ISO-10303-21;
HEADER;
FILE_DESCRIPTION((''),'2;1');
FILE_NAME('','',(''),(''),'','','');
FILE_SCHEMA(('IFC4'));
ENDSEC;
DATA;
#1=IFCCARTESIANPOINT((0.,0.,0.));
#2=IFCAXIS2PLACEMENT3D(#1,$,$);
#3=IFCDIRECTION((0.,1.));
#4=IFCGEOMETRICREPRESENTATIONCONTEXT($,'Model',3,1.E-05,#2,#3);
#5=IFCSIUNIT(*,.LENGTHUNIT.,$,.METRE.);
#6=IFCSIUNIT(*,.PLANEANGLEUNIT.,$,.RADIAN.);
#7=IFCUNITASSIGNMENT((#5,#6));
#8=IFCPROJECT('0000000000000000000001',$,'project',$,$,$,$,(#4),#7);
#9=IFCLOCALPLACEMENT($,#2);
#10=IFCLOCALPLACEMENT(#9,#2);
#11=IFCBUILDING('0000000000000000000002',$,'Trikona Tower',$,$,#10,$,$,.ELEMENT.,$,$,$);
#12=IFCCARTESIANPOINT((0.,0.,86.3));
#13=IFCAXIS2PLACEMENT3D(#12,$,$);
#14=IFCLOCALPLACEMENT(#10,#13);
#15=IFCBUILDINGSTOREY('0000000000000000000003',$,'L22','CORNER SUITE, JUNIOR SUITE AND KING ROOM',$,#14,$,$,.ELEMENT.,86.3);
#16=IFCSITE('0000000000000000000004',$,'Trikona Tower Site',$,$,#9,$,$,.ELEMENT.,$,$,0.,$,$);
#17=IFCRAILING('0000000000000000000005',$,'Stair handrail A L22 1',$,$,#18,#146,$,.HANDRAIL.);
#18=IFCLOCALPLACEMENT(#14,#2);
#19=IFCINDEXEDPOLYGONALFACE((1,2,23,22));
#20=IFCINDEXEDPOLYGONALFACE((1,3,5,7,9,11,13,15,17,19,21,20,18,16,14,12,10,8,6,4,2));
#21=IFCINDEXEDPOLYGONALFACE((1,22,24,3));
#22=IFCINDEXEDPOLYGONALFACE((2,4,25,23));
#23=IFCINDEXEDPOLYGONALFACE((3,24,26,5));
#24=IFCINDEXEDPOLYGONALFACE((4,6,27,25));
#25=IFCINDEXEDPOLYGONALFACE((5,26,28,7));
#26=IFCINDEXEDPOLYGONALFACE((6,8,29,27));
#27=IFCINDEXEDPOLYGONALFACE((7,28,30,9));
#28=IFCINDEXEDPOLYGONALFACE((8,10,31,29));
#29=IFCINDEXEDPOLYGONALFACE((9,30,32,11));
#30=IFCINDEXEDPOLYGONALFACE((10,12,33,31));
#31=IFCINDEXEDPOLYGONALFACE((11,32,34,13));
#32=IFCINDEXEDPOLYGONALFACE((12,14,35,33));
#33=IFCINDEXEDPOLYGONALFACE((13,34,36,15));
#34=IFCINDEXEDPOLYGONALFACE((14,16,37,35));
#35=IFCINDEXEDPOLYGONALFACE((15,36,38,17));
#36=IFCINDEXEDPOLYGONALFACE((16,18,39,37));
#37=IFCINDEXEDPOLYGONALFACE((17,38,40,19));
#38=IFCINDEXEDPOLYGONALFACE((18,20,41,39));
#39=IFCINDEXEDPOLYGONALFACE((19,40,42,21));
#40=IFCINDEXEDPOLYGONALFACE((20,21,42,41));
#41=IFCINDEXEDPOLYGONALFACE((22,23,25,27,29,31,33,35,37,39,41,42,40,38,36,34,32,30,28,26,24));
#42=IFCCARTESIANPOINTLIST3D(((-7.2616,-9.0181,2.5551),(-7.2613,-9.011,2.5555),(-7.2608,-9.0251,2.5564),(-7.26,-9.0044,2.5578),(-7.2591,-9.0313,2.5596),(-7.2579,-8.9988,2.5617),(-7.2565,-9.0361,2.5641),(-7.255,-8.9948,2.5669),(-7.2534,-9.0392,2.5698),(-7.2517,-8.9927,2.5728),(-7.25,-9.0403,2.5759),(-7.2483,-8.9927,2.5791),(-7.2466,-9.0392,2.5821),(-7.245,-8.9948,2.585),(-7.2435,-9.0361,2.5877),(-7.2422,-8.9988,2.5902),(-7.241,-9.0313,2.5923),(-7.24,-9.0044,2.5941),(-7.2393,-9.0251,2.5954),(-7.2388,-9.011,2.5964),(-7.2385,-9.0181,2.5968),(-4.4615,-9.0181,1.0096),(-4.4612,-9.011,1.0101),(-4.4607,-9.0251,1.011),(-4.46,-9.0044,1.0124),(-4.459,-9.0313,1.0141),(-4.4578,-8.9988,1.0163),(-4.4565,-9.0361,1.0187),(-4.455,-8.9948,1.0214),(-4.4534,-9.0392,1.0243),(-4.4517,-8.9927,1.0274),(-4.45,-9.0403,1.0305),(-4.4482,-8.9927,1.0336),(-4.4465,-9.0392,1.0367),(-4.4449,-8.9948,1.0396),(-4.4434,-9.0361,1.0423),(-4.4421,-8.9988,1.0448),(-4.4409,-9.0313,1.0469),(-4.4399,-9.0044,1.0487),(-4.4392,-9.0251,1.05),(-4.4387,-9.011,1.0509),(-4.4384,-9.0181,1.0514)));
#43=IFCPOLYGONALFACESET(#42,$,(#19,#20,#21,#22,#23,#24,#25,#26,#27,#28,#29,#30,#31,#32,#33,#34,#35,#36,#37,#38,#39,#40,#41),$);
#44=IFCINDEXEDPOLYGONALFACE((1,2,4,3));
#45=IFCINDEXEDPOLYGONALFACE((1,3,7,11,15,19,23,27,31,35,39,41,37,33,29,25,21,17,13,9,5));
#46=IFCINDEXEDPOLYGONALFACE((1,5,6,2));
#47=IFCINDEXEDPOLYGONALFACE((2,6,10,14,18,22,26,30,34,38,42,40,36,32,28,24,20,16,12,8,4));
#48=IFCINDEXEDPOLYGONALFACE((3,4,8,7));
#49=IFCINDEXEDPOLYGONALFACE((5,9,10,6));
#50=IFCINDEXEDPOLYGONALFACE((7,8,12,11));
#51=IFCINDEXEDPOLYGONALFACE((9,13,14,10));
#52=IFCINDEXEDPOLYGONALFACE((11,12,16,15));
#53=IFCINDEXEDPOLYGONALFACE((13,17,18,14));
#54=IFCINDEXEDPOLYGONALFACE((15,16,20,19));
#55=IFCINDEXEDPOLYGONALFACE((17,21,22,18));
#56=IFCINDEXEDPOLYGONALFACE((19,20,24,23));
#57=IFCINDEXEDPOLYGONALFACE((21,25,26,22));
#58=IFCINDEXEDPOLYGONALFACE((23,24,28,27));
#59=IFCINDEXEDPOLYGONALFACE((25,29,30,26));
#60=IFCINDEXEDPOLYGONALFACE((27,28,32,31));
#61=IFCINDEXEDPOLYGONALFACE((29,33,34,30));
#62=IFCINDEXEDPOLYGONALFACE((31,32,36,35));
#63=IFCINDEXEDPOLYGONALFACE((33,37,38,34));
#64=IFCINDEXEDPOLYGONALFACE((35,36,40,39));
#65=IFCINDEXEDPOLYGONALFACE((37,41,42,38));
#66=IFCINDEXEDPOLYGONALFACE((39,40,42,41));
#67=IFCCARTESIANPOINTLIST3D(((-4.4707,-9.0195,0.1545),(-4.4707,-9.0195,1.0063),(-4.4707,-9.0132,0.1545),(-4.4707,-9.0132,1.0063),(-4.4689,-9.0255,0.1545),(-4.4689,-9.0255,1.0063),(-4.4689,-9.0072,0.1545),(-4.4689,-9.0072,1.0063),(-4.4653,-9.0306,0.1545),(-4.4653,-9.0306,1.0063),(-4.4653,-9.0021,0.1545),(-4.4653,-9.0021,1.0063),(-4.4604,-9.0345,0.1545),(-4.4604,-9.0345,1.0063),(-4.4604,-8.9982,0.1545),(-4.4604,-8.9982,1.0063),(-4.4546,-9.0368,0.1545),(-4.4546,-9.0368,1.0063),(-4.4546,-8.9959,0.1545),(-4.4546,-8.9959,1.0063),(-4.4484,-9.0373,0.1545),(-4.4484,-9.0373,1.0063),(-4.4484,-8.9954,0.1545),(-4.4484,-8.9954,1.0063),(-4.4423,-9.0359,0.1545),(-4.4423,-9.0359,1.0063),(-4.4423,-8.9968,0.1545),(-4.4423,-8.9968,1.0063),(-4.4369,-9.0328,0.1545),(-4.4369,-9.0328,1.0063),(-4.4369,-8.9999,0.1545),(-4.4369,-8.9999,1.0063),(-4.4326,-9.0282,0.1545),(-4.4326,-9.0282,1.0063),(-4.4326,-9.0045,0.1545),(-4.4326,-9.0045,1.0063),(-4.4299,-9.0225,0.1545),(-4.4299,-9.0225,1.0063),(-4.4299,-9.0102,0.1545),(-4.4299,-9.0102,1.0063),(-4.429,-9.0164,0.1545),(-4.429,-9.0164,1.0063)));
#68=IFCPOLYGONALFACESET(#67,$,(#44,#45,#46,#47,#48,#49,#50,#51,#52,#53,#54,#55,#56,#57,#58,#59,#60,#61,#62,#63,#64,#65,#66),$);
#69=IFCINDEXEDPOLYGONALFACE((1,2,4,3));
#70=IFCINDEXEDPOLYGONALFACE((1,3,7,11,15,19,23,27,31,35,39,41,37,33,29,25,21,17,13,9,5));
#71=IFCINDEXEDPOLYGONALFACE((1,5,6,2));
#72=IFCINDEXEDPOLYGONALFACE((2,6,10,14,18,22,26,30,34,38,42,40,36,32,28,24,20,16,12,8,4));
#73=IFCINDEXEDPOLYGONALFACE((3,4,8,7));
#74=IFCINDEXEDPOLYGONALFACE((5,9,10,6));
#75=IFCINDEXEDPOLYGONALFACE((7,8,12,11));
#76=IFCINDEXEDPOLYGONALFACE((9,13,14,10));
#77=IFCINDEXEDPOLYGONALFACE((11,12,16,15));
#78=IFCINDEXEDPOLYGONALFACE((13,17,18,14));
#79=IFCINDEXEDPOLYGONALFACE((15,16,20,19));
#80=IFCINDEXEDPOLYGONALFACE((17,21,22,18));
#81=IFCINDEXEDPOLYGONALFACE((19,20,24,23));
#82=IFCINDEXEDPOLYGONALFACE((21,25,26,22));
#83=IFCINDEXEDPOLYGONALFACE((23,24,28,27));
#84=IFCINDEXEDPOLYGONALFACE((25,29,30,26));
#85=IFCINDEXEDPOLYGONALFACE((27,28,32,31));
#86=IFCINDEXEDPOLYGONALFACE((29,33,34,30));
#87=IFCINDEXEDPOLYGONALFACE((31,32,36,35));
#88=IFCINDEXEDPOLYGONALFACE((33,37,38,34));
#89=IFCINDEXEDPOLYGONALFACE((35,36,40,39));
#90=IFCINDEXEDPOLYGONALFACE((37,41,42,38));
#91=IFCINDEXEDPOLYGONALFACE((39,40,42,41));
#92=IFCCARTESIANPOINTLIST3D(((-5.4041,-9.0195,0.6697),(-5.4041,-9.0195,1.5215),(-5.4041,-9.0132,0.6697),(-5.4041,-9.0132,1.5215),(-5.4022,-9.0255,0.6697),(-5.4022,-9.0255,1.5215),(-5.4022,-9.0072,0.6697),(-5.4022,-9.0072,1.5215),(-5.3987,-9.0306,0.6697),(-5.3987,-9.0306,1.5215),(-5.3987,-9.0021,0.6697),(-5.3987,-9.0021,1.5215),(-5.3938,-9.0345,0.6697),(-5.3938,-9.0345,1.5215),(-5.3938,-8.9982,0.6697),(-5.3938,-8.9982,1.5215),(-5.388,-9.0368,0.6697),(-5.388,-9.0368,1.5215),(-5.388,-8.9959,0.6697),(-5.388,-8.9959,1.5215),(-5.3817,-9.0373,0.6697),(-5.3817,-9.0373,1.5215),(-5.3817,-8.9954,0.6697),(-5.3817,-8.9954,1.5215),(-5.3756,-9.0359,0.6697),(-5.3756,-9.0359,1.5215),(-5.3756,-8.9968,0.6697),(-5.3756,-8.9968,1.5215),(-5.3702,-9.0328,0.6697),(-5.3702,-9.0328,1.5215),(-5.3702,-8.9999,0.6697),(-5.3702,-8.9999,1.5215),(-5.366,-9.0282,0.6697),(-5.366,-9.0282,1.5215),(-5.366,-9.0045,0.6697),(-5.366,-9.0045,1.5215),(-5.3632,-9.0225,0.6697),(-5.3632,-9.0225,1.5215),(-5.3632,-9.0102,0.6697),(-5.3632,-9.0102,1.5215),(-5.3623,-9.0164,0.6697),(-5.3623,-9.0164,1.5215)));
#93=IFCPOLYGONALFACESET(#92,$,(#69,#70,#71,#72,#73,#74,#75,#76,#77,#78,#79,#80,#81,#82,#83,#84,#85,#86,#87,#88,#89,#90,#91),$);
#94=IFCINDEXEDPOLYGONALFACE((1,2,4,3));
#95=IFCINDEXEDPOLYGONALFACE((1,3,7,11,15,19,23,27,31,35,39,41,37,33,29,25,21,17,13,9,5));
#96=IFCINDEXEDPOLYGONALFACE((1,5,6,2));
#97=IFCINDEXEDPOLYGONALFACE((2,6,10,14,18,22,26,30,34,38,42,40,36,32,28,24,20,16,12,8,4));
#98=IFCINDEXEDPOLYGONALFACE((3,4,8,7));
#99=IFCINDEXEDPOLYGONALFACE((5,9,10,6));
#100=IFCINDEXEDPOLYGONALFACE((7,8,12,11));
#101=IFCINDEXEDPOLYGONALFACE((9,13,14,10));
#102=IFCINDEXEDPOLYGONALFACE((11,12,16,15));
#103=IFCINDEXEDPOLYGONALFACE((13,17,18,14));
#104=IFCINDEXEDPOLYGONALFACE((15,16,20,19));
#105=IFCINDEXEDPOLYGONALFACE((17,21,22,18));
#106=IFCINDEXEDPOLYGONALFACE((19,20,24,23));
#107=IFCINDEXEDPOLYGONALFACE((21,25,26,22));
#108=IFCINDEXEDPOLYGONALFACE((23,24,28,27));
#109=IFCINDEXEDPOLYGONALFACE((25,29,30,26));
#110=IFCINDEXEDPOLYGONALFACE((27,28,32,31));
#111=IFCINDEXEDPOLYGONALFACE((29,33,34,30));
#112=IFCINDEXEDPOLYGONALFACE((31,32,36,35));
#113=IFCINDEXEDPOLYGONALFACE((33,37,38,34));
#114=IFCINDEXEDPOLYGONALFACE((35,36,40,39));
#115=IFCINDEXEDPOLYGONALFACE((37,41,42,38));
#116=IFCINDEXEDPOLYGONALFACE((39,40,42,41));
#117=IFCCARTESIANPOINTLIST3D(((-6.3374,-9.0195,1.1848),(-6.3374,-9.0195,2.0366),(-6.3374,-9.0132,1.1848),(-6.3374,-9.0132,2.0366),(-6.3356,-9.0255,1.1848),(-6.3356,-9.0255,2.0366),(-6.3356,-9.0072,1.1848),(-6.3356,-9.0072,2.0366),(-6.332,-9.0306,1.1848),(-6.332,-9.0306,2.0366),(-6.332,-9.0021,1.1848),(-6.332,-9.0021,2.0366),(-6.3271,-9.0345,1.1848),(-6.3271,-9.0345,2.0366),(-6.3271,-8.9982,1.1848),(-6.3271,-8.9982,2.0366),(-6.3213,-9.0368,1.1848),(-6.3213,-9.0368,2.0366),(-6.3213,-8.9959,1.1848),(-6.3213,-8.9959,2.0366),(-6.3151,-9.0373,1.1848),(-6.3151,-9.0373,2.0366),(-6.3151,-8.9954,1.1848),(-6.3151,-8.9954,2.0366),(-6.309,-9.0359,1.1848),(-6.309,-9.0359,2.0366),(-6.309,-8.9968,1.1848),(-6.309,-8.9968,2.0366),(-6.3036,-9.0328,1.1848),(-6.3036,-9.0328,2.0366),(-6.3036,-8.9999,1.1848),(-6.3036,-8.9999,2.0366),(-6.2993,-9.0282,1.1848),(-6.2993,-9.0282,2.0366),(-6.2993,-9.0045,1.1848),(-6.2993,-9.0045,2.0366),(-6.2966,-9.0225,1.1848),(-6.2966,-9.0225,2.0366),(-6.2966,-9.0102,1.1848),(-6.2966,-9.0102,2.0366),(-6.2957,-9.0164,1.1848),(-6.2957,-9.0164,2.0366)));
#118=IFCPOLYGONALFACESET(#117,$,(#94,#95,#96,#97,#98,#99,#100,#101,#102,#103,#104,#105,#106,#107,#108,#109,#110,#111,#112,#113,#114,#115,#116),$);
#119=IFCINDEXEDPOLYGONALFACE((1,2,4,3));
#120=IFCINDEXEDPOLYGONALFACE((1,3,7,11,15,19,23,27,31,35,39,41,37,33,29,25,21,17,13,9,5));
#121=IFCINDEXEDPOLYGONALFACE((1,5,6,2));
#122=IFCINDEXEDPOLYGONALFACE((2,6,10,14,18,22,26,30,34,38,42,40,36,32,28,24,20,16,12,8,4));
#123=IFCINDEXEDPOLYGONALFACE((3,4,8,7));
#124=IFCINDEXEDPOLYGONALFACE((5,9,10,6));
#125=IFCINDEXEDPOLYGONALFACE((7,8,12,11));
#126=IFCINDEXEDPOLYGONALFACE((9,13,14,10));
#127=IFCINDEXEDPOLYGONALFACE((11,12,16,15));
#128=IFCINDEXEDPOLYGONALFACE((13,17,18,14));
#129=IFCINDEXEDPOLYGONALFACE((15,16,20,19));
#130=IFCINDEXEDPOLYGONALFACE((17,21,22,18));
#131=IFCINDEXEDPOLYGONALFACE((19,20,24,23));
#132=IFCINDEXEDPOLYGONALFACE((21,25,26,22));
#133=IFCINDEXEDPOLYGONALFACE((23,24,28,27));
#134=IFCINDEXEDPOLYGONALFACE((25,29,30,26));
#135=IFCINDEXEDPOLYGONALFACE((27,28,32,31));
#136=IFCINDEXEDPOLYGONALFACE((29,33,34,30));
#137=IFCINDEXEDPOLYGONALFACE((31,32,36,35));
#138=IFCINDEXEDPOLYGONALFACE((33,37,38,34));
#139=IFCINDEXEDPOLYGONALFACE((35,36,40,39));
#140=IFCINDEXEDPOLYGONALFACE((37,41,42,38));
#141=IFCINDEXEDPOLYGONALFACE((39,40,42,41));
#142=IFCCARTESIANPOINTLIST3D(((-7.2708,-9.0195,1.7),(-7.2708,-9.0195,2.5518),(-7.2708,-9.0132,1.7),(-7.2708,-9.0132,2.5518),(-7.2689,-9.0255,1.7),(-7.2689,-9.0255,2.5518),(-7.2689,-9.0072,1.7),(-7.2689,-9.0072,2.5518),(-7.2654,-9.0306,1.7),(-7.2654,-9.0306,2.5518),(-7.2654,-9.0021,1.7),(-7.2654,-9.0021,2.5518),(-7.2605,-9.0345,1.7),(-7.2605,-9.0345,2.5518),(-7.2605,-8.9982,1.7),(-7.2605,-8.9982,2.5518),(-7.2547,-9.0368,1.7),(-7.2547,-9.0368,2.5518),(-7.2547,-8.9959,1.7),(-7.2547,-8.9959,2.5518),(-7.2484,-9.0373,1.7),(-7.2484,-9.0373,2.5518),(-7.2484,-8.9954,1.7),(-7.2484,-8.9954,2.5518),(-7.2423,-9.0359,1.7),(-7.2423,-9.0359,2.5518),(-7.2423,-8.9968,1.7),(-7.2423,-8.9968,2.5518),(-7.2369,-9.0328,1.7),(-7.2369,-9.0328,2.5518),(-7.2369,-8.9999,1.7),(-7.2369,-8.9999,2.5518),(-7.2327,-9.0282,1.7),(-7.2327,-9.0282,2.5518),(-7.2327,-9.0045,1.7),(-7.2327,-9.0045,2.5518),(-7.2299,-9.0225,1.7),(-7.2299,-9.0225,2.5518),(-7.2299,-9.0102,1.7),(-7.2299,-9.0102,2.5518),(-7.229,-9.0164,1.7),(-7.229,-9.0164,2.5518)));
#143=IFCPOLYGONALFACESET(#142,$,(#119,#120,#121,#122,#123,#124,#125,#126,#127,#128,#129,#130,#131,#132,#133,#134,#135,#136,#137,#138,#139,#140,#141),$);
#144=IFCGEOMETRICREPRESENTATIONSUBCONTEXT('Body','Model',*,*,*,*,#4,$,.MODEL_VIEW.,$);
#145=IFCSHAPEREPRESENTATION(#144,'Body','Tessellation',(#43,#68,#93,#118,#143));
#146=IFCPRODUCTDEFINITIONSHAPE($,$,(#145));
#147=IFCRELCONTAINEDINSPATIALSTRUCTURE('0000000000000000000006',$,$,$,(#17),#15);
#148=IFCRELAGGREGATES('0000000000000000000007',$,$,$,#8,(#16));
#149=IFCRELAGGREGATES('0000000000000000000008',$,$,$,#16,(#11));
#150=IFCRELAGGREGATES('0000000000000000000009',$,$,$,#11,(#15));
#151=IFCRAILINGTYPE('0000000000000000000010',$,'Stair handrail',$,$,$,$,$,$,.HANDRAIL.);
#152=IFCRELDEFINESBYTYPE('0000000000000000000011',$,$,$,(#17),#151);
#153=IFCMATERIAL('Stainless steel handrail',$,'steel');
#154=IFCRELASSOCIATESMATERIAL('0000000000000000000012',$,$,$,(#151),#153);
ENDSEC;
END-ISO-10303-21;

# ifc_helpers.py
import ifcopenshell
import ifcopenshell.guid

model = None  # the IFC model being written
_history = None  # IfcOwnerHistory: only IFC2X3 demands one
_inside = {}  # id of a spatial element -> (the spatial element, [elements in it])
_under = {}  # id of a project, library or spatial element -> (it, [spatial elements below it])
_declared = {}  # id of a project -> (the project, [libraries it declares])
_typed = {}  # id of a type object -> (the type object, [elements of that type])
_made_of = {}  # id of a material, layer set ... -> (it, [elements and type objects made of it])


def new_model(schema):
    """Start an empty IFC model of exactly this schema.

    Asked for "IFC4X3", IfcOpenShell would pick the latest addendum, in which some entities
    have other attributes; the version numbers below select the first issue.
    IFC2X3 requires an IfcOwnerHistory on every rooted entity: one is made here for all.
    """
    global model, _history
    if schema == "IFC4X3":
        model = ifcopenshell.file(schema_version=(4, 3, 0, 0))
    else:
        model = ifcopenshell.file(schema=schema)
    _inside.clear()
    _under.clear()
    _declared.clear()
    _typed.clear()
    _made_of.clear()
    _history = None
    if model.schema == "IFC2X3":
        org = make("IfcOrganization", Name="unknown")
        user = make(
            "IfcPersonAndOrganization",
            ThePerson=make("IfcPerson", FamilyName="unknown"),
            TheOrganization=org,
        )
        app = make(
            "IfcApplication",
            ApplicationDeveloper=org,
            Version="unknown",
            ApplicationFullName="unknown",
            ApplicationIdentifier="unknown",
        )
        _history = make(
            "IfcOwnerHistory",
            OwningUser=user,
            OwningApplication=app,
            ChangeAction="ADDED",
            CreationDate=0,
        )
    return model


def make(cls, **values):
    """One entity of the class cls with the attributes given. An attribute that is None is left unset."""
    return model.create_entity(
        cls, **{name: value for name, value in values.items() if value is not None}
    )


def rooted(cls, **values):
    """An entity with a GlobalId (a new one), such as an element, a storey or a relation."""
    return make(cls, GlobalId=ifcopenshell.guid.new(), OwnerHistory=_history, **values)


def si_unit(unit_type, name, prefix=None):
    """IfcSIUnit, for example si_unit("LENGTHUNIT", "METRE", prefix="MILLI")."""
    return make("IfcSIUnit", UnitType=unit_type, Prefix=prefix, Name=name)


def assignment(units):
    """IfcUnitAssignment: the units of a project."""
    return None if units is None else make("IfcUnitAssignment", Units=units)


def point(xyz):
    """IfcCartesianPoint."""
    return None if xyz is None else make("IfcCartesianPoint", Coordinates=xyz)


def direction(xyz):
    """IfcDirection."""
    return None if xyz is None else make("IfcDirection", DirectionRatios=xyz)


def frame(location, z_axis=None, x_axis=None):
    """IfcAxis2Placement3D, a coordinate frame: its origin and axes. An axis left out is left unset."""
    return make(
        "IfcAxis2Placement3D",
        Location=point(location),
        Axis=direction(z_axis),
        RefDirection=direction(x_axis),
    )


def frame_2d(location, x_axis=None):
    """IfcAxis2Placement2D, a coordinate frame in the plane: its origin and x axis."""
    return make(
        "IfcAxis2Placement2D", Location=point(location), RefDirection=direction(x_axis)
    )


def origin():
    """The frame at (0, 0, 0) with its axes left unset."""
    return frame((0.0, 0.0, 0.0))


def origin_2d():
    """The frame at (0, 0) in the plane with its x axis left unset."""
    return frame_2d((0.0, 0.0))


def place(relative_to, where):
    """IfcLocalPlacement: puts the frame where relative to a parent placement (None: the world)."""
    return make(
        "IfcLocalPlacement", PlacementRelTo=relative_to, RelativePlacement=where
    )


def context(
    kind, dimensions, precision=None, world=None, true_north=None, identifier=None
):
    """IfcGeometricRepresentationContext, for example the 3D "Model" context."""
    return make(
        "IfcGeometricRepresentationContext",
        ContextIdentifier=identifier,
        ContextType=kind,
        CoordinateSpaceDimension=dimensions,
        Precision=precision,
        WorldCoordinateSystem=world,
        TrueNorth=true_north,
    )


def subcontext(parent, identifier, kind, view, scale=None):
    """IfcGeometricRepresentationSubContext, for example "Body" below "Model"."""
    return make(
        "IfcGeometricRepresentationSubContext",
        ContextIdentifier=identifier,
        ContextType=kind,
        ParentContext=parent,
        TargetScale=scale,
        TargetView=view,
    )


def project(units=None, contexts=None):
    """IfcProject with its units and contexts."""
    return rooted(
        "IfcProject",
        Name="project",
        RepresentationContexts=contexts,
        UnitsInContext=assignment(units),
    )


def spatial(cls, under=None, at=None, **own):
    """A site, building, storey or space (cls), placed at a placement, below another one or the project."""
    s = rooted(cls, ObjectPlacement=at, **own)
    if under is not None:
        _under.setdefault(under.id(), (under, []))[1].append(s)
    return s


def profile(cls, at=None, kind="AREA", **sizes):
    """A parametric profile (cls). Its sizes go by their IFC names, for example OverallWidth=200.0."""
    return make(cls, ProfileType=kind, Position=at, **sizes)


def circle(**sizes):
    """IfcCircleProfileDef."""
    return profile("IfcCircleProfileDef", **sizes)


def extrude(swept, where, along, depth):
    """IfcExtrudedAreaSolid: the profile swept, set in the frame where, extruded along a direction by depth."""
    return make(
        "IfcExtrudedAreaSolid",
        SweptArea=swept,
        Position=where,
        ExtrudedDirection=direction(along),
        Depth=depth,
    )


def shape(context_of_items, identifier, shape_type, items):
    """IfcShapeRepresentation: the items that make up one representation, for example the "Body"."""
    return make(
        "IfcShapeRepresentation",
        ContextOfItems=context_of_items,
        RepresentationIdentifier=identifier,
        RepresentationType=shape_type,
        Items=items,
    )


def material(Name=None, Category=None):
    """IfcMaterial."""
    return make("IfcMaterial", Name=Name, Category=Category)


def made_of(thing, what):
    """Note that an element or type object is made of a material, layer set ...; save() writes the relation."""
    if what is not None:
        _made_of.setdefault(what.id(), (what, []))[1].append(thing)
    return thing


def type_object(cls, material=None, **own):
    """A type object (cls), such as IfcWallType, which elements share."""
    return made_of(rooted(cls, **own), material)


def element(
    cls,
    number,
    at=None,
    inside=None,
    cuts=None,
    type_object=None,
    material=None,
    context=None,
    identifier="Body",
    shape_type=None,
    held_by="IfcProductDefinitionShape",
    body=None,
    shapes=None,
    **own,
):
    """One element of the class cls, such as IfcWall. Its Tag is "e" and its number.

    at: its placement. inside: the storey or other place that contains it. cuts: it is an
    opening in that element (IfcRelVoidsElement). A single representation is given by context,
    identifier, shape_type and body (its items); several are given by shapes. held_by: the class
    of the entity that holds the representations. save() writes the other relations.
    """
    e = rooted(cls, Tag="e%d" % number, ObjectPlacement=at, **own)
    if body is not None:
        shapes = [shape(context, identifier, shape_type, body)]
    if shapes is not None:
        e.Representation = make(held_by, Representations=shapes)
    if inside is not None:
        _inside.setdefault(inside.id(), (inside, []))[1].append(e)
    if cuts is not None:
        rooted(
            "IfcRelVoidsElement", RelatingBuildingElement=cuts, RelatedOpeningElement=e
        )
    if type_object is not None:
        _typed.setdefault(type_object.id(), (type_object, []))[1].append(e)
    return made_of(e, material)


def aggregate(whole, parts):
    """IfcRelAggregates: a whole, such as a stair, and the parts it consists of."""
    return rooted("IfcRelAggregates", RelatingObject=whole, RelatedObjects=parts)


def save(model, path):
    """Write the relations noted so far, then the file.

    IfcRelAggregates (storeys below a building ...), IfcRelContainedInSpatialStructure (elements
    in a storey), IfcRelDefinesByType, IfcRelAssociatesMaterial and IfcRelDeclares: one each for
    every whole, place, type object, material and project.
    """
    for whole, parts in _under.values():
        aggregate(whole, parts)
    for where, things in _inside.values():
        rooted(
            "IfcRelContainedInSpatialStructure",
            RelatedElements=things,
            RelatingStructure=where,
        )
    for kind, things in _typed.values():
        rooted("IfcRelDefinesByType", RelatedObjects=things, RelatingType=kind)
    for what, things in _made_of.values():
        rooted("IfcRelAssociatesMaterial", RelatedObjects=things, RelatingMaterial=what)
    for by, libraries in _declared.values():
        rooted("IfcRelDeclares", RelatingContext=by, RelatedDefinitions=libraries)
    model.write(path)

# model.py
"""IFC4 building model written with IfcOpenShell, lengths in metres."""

from ifc_helpers import new_model, si_unit, direction, frame, origin, origin_2d, place, context, subcontext, project, spatial, circle, extrude, material, type_object, element, save


model = new_model("IFC4")

# Units and contexts
model_context = context("Model", 3, precision=1e-05, world=origin(), true_north=direction((0.0, 1.0)))
body_context = subcontext(model_context, "Body", "Model", "MODEL_VIEW")
ifc_project = project(units=[si_unit("LENGTHUNIT", "METRE"), si_unit("PLANEANGLEUNIT", "RADIAN")], contexts=[model_context])

# Site, building, storey
site_placement = place(None, origin())
site = spatial("IfcSite", under=ifc_project, at=site_placement, Name="Trikona Tower Site", CompositionType="ELEMENT", RefElevation=0.0)
building_placement = place(site_placement, origin())
building = spatial("IfcBuilding", under=site, at=building_placement, Name="Trikona Tower", CompositionType="ELEMENT")
storey_placement = place(building_placement, frame((0.0, 0.0, 86.3)))
storey = spatial("IfcBuildingStorey", under=building, at=storey_placement, Name="L22", Description="CORNER SUITE, JUNIOR SUITE AND KING ROOM", CompositionType="ELEMENT", Elevation=86.3)

# Railing
ifc_material_1 = material(Name="Stainless steel handrail", Category="steel")
railing_type = type_object("IfcRailingType", Name="Stair handrail", PredefinedType="HANDRAIL", material=ifc_material_1)
railing_placement = place(storey_placement, frame((-4.45, -9.0164, 0.1545)))
element("IfcRailing", 1, at=railing_placement, inside=storey, type_object=railing_type, Name="Stair handrail A L22 1", PredefinedType="HANDRAIL", context=body_context, shape_type="SweptSolid", body=[
    extrude(circle(Radius=0.0239, at=origin_2d()), frame((0.0, 0.0, 0.876), z_axis=(-0.875504, 0.0, 0.483211), x_axis=(0.0, -1.0, 0.0)), (0.0, 0.0, 1.0), 3.1982),
    extrude(circle(Radius=0.021, at=origin_2d()), origin(), (0.0, 0.0, 1.0), 0.8518),
    extrude(circle(Radius=0.021, at=origin_2d()), frame((-0.9333, 0.0, 0.5151)), (0.0, 0.0, 1.0), 0.8518),
    extrude(circle(Radius=0.021, at=origin_2d()), frame((-1.8667, 0.0, 1.0303)), (0.0, 0.0, 1.0), 0.8518),
    extrude(circle(Radius=0.021, at=origin_2d()), frame((-2.8, 0.0, 1.5454)), (0.0, 0.0, 1.0), 0.8518),
])

save(model, "model.ifc")
